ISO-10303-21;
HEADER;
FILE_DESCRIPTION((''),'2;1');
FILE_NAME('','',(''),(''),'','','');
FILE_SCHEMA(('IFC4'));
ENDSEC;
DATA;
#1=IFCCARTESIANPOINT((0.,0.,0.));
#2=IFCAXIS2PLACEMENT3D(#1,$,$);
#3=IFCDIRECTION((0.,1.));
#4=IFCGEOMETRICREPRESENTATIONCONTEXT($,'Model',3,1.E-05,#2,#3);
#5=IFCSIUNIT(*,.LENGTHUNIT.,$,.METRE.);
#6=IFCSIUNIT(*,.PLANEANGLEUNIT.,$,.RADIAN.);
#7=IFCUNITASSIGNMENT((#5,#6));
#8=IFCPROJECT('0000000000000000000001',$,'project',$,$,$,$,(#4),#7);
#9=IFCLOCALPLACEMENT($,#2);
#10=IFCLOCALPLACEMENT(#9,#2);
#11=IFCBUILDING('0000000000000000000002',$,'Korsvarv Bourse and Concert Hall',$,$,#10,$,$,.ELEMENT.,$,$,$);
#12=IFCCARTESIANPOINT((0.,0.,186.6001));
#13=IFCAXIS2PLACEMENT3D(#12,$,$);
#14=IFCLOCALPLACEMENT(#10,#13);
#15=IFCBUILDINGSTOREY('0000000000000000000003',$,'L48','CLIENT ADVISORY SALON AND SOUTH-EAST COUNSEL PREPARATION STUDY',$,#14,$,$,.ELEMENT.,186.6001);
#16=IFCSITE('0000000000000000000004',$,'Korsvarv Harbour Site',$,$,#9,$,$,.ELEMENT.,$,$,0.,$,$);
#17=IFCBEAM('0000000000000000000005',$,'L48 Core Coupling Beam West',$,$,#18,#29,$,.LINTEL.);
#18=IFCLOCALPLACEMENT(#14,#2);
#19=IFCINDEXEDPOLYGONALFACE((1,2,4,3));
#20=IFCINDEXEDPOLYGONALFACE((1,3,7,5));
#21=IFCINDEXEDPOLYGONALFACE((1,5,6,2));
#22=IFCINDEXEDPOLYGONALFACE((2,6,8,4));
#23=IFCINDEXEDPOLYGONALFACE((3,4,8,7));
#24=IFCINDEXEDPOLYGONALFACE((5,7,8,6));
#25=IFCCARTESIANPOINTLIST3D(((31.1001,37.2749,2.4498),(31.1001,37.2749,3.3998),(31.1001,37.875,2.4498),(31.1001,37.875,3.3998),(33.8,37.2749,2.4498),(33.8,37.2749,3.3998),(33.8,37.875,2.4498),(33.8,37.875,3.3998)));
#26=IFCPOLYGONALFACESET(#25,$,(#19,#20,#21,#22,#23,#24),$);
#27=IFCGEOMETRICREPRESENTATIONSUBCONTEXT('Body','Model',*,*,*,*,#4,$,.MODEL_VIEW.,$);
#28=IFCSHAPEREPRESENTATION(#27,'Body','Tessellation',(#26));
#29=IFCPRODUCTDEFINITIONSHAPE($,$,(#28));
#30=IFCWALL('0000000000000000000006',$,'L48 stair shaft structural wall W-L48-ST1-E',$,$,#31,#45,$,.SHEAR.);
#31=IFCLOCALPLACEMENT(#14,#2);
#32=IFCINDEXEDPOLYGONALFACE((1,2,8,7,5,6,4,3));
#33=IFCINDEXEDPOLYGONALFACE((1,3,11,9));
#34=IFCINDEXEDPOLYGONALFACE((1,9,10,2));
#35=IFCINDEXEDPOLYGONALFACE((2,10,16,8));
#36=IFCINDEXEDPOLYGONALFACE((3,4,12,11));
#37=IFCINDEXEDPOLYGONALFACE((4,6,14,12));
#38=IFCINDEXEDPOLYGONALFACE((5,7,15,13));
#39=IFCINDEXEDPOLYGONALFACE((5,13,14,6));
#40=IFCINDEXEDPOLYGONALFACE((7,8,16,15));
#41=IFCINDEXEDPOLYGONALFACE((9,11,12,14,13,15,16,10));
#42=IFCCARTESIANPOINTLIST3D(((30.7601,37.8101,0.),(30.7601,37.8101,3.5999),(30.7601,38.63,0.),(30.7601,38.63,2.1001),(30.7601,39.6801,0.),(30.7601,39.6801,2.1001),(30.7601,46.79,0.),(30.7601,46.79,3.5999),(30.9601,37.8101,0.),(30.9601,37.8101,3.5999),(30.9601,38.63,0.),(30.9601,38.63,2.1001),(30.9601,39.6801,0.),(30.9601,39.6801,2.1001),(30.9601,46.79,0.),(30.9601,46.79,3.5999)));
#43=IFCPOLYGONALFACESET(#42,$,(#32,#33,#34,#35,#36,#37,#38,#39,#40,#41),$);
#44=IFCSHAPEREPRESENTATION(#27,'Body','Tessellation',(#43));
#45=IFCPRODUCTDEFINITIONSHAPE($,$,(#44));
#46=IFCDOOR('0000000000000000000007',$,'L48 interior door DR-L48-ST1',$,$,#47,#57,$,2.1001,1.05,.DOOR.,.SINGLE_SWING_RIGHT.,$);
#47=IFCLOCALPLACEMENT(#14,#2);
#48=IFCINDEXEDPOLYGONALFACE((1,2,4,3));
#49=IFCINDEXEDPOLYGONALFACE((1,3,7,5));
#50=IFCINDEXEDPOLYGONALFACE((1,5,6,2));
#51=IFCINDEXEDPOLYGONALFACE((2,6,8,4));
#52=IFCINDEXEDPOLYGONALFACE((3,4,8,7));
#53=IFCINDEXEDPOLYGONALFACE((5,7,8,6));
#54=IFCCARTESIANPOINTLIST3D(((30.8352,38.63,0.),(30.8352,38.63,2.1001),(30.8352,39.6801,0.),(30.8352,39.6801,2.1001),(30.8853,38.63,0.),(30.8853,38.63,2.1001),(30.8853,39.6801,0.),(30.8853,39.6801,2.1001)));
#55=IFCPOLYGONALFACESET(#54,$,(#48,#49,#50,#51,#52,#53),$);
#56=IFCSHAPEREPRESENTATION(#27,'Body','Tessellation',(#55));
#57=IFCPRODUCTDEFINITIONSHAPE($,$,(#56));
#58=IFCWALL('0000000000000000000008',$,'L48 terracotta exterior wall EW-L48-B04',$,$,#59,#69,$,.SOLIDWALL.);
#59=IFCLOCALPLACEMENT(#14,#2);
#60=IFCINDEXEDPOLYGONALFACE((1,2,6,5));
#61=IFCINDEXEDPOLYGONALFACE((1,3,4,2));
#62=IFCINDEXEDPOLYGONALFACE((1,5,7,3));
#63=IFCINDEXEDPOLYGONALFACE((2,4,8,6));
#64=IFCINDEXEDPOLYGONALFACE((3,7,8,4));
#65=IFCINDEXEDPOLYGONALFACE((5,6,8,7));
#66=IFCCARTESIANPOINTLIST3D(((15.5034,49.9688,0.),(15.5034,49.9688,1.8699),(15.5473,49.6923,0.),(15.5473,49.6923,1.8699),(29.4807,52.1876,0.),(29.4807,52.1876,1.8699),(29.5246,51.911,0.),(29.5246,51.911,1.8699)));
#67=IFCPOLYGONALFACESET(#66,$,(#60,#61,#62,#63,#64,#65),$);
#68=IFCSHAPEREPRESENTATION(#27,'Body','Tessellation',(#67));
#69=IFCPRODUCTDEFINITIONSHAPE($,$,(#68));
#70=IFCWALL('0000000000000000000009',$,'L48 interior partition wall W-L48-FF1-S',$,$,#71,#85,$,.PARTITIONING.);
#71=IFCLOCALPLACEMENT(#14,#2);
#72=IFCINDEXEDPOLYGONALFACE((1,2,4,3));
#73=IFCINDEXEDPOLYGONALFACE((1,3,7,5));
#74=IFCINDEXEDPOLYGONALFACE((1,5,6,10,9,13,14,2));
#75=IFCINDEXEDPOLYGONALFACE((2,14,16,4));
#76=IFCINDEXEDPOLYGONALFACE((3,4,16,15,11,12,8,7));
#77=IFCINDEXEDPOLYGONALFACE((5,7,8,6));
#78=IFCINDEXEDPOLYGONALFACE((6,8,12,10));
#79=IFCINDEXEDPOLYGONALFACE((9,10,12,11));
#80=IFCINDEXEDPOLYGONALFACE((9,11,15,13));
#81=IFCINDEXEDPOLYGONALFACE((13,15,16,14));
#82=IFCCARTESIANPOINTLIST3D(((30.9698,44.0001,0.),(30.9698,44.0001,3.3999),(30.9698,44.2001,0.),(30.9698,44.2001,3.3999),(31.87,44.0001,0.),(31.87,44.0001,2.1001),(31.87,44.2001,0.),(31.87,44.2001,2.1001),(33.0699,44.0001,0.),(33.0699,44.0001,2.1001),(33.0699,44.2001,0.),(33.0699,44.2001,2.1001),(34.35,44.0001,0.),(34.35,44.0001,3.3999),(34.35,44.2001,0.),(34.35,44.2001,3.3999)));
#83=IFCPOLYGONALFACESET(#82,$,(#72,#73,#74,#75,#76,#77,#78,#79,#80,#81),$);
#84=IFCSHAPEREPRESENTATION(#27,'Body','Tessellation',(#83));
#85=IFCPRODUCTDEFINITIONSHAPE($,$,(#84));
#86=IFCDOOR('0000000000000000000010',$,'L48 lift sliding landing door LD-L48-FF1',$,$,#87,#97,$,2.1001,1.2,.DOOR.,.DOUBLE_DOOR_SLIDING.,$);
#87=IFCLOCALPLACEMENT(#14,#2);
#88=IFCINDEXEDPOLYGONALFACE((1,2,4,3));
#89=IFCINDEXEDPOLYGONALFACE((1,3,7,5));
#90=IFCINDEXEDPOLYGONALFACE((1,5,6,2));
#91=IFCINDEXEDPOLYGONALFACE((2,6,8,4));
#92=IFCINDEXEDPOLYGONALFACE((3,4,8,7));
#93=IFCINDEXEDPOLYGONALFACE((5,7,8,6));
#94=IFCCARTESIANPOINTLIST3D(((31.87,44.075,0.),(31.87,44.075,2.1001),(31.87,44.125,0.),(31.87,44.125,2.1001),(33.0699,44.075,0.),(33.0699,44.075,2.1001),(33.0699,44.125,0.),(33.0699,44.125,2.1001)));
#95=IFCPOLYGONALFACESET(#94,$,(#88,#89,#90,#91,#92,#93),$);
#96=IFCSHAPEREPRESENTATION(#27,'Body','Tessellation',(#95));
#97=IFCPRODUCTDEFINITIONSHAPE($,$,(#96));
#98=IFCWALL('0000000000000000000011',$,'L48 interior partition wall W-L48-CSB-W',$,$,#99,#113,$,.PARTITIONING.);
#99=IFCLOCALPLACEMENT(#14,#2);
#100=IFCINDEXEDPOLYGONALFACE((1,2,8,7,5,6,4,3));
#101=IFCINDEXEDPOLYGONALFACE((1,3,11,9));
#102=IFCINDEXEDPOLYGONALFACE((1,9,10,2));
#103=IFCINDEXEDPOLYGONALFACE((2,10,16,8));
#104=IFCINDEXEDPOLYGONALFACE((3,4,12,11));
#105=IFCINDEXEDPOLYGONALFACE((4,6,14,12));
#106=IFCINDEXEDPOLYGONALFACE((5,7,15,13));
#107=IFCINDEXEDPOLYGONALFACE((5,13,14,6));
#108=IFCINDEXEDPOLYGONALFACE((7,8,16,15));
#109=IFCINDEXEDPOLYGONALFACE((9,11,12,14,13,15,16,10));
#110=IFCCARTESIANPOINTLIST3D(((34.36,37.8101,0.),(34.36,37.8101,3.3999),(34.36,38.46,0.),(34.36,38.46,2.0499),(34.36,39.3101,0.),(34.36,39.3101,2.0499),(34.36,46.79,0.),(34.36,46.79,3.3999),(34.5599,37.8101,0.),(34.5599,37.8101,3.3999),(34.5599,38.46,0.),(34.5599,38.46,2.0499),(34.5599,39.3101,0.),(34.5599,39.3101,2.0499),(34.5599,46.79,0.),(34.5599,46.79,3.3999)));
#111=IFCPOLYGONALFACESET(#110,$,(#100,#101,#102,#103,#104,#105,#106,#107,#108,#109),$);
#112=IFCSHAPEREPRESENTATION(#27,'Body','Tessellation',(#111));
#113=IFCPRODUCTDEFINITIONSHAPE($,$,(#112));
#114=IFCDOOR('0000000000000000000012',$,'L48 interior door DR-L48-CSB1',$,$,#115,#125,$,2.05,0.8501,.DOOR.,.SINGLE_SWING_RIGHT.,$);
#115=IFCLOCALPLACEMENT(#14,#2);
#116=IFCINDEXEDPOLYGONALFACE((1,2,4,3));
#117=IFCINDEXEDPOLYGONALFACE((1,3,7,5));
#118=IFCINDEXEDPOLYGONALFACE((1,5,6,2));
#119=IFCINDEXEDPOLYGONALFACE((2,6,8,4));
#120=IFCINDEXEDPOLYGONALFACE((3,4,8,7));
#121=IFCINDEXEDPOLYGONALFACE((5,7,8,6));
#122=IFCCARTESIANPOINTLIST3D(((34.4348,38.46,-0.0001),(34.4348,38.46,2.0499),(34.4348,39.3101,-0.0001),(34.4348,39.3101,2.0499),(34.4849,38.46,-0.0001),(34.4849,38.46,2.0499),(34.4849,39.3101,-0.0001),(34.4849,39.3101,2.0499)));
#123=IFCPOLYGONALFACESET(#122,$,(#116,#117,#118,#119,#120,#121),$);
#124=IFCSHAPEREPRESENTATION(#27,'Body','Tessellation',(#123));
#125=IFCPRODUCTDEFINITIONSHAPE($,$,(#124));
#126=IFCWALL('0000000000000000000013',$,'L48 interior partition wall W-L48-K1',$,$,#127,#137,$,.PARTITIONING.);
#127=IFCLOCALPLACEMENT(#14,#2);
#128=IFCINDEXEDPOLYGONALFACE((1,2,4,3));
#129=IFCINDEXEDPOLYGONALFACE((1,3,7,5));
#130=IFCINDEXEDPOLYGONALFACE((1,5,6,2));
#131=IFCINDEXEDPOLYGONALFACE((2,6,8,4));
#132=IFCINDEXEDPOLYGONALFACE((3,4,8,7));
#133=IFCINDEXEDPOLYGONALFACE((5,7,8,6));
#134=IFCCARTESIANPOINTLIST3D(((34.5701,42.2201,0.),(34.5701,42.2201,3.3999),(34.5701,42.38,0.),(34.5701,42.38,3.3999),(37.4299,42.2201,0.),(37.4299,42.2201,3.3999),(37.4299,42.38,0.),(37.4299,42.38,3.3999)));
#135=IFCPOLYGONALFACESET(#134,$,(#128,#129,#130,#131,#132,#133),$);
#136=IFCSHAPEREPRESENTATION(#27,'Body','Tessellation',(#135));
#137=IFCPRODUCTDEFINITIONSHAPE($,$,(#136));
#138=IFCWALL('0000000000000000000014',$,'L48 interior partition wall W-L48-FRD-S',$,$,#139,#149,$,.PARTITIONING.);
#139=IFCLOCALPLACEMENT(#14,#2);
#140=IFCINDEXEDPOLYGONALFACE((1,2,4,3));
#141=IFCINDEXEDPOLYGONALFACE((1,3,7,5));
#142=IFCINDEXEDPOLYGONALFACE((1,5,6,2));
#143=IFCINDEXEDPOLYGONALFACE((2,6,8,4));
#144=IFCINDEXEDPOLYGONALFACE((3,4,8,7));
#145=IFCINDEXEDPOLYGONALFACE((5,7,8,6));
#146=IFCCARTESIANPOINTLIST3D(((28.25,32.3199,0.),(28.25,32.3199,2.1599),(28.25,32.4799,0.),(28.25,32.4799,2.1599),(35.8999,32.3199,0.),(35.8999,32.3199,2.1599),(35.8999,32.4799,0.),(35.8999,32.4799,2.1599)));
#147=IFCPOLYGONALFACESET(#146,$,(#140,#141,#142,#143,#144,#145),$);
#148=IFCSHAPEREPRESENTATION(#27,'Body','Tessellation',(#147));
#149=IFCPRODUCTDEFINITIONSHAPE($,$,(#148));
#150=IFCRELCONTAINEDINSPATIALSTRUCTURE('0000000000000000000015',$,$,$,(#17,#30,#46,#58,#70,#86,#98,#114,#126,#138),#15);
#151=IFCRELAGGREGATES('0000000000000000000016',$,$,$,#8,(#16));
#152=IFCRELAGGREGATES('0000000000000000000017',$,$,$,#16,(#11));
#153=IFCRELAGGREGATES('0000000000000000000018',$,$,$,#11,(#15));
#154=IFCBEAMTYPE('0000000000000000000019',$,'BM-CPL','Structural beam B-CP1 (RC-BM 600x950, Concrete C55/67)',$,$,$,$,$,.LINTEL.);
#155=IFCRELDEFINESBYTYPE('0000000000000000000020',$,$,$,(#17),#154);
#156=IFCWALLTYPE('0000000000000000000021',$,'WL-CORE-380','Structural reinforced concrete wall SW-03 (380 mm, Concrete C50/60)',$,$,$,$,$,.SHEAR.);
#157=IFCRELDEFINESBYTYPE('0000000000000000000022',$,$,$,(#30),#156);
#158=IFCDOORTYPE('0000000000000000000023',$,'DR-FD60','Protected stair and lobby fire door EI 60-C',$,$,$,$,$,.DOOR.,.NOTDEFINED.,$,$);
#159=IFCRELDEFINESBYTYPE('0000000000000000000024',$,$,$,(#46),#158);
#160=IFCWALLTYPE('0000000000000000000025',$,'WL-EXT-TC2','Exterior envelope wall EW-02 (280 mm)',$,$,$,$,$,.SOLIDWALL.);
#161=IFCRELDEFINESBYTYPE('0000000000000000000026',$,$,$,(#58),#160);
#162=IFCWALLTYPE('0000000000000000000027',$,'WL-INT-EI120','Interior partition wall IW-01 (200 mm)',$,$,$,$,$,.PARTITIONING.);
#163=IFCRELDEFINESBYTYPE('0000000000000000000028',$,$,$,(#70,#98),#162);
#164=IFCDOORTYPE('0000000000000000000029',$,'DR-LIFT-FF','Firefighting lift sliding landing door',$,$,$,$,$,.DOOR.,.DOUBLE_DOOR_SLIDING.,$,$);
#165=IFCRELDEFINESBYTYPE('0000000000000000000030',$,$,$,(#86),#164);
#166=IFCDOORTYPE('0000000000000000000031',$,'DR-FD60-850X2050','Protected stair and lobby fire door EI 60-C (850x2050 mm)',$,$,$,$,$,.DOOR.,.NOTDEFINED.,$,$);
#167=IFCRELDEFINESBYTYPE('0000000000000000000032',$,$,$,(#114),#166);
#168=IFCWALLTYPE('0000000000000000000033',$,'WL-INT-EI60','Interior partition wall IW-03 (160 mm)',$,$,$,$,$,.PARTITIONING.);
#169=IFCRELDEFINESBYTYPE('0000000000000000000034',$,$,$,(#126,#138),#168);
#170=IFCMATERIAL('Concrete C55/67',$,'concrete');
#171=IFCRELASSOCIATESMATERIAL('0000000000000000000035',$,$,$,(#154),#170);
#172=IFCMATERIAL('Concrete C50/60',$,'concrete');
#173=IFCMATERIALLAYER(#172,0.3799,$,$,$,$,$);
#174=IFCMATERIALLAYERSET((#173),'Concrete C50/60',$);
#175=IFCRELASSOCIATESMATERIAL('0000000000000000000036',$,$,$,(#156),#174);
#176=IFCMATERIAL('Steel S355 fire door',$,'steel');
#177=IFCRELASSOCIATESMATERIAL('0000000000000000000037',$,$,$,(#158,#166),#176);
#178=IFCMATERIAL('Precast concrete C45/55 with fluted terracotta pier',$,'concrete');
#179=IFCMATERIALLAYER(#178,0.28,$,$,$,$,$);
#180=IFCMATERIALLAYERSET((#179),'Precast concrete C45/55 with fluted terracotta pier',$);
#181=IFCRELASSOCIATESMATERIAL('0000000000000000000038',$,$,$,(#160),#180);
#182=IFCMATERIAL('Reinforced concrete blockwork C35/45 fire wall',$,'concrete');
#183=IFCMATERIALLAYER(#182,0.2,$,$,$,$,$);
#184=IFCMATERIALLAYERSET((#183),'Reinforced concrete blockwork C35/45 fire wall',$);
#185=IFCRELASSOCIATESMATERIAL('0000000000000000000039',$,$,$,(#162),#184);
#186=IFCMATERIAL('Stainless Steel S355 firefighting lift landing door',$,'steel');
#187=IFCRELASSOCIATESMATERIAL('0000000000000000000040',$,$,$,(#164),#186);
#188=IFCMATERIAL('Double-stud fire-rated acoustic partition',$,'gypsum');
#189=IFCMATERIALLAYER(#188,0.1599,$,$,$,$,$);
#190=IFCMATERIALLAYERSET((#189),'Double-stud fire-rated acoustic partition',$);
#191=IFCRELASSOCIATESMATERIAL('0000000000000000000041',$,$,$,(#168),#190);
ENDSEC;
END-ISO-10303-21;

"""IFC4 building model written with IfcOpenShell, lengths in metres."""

from ifc_helpers import new_model, si_unit, direction, frame, frame_2d, origin, origin_2d, place, context, subcontext, project, spatial, rectangle, extrude, source, transform, mapped, material, layer, layer_set, material_profile, profile_set, type_object, element, fill, save


model = new_model("IFC4")

# Units and contexts
model_context = context("Model", 3, precision=1e-05, world=origin(), true_north=direction((0.0, 1.0)))
body_context = subcontext(model_context, "Body", "Model", "MODEL_VIEW")
ifc_project = project(units=[si_unit("LENGTHUNIT", "METRE"), si_unit("PLANEANGLEUNIT", "RADIAN")], contexts=[model_context])

# Site, building, storey
site_placement = place(None, origin())
site = spatial("IfcSite", under=ifc_project, at=site_placement, Name="Korsvarv Harbour Site", CompositionType="ELEMENT", RefElevation=0.0)
building_placement = place(site_placement, origin())
building = spatial("IfcBuilding", under=site, at=building_placement, Name="Korsvarv Bourse and Concert Hall", CompositionType="ELEMENT")
storey_placement = place(building_placement, frame((0.0, 0.0, 186.6001)))
storey = spatial("IfcBuildingStorey", under=building, at=storey_placement, Name="L48", Description="CLIENT ADVISORY SALON AND SOUTH-EAST COUNSEL PREPARATION STUDY", CompositionType="ELEMENT", Elevation=186.6001)

# Beam
ifc_material_1 = material(Name="Concrete C55/67", Category="concrete")
ifc_material_profile = material_profile(ifc_material_1, rectangle(XDim=0.6001, YDim=0.95, at=origin_2d()), Name="RC-BM 600x950")
ifc_profile_set = profile_set([ifc_material_profile], Name="Concrete C55/67")
beam_type = type_object("IfcBeamType", Name="BM-CPL", Description="Structural beam B-CP1 (RC-BM 600x950, Concrete C55/67)", PredefinedType="LINTEL", material=ifc_profile_set)
shared_shape = source(origin(), body_context, "Body", "SweptSolid", [
    extrude(rectangle(XDim=0.6001, YDim=0.95, at=origin_2d()), origin(), (0.0, 0.0, 1.0), 2.7),
])
beam_placement = place(storey_placement, frame((31.1001, 37.575, 2.9248), z_axis=(1.0, 0.0, 0.0), x_axis=(0.0, 1.0, 0.0)))
element("IfcBeam", 1, at=beam_placement, inside=storey, type_object=beam_type, Name="L48 Core Coupling Beam West", PredefinedType="LINTEL", context=body_context, shape_type="MappedRepresentation", body=[
    mapped(shared_shape, transform((0.0, 0.0, 0.0), scale=1.0)),
])

# Wall, opening, door
ifc_material_2 = material(Name="Concrete C50/60", Category="concrete")
ifc_layer_1 = layer(ifc_material_2, 0.3799)
ifc_layer_set_1 = layer_set([ifc_layer_1], Name="Concrete C50/60")
wall_type_1 = type_object("IfcWallType", Name="WL-CORE-380", Description="Structural reinforced concrete wall SW-03 (380 mm, Concrete C50/60)", PredefinedType="SHEAR", material=ifc_layer_set_1)
wall_1_placement = place(storey_placement, frame((30.8601, 37.8101, 0.0), z_axis=(0.0, 0.0, 1.0), x_axis=(0.0, 1.0, 0.0)))
wall_1 = element("IfcWall", 2, at=wall_1_placement, inside=storey, type_object=wall_type_1, Name="L48 stair shaft structural wall W-L48-ST1-E", PredefinedType="SHEAR", context=body_context, shape_type="SweptSolid", body=[
    extrude(rectangle(XDim=8.98, YDim=0.2, at=frame_2d((4.49, 0.0))), origin(), (0.0, 0.0, 1.0), 3.5999),
])
opening_1_placement = place(wall_1_placement, frame((0.8201, 0.0, 0.0)))
opening_1 = element("IfcOpeningElement", 3, at=opening_1_placement, cuts=wall_1, PredefinedType="OPENING", context=body_context, shape_type="SweptSolid", body=[
    extrude(rectangle(XDim=1.05, YDim=2.1001, at=frame_2d((0.5249, 1.05))), frame((0.0, 0.1099, 0.0), z_axis=(0.0, -1.0, 0.0), x_axis=(1.0, 0.0, 0.0)), (0.0, 0.0, 1.0), 0.22),
])
ifc_material_3 = material(Name="Steel S355 fire door", Category="steel")
door_type_1 = type_object("IfcDoorType", Name="DR-FD60", Description="Protected stair and lobby fire door EI 60-C", OperationType="NOTDEFINED", PredefinedType="DOOR", material=ifc_material_3)
door_1_placement = place(opening_1_placement, origin())
door_1 = element("IfcDoor", 4, at=door_1_placement, inside=storey, type_object=door_type_1, Name="L48 interior door DR-L48-ST1", OperationType="SINGLE_SWING_RIGHT", OverallHeight=2.1001, OverallWidth=1.05, PredefinedType="DOOR", context=body_context, shape_type="SweptSolid", body=[
    extrude(rectangle(XDim=1.05, YDim=2.1001, at=frame_2d((0.5249, 1.05))), frame((0.0, 0.0249, 0.0), z_axis=(0.0, -1.0, 0.0), x_axis=(1.0, 0.0, 0.0)), (0.0, 0.0, 1.0), 0.05),
])
fill(opening_1, door_1)

# Wall
ifc_material_4 = material(Name="Precast concrete C45/55 with fluted terracotta pier", Category="concrete")
ifc_layer_2 = layer(ifc_material_4, 0.28)
ifc_layer_set_2 = layer_set([ifc_layer_2], Name="Precast concrete C45/55 with fluted terracotta pier")
wall_type_2 = type_object("IfcWallType", Name="WL-EXT-TC2", Description="Exterior envelope wall EW-02 (280 mm)", PredefinedType="SOLIDWALL", material=ifc_layer_set_2)
wall_2_placement = place(storey_placement, frame((29.5027, 52.0493, 0.0), z_axis=(0.0, 0.0, 1.0), x_axis=(-0.987634, -0.156777, 0.0)))
element("IfcWall", 5, at=wall_2_placement, inside=storey, type_object=wall_type_2, Name="L48 terracotta exterior wall EW-L48-B04", PredefinedType="SOLIDWALL", context=body_context, shape_type="SweptSolid", body=[
    extrude(rectangle(XDim=14.1523, YDim=0.28, at=frame_2d((7.0762, 0.0))), origin(), (0.0, 0.0, 1.0), 1.8699),
])

# Walls, openings, doors
ifc_material_5 = material(Name="Reinforced concrete blockwork C35/45 fire wall", Category="concrete")
ifc_layer_3 = layer(ifc_material_5, 0.2)
ifc_layer_set_3 = layer_set([ifc_layer_3], Name="Reinforced concrete blockwork C35/45 fire wall")
wall_type_3 = type_object("IfcWallType", Name="WL-INT-EI120", Description="Interior partition wall IW-01 (200 mm)", PredefinedType="PARTITIONING", material=ifc_layer_set_3)
wall_3_placement = place(storey_placement, frame((30.97, 44.1001, 0.0), z_axis=(0.0, 0.0, 1.0), x_axis=(1.0, 0.0, 0.0)))
wall_3 = element("IfcWall", 6, at=wall_3_placement, inside=storey, type_object=wall_type_3, Name="L48 interior partition wall W-L48-FF1-S", PredefinedType="PARTITIONING", context=body_context, shape_type="SweptSolid", body=[
    extrude(rectangle(XDim=3.3801, YDim=0.2, at=frame_2d((1.6899, 0.0))), origin(), (0.0, 0.0, 1.0), 3.3999),
])
opening_2_placement = place(wall_3_placement, frame((0.8999, 0.0, 0.0)))
opening_2 = element("IfcOpeningElement", 7, at=opening_2_placement, cuts=wall_3, PredefinedType="OPENING", context=body_context, shape_type="SweptSolid", body=[
    extrude(rectangle(XDim=1.2, YDim=2.1001, at=frame_2d((0.6001, 1.05))), frame((0.0, 0.1099, 0.0), z_axis=(0.0, -1.0, 0.0), x_axis=(1.0, 0.0, 0.0)), (0.0, 0.0, 1.0), 0.22),
])
ifc_material_6 = material(Name="Stainless Steel S355 firefighting lift landing door", Category="steel")
door_type_2 = type_object("IfcDoorType", Name="DR-LIFT-FF", Description="Firefighting lift sliding landing door", OperationType="DOUBLE_DOOR_SLIDING", PredefinedType="DOOR", material=ifc_material_6)
door_2_placement = place(opening_2_placement, origin())
door_2 = element("IfcDoor", 8, at=door_2_placement, inside=storey, type_object=door_type_2, Name="L48 lift sliding landing door LD-L48-FF1", OperationType="DOUBLE_DOOR_SLIDING", OverallHeight=2.1001, OverallWidth=1.2, PredefinedType="DOOR", context=body_context, shape_type="SweptSolid", body=[
    extrude(rectangle(XDim=1.2, YDim=2.1001, at=frame_2d((0.6001, 1.05))), frame((0.0, 0.0249, 0.0), z_axis=(0.0, -1.0, 0.0), x_axis=(1.0, 0.0, 0.0)), (0.0, 0.0, 1.0), 0.05),
])
fill(opening_2, door_2)
wall_4_placement = place(storey_placement, frame((34.46, 37.8101, 0.0), z_axis=(0.0, 0.0, 1.0), x_axis=(0.0, 1.0, 0.0)))
wall_4 = element("IfcWall", 9, at=wall_4_placement, inside=storey, type_object=wall_type_3, Name="L48 interior partition wall W-L48-CSB-W", PredefinedType="PARTITIONING", context=body_context, shape_type="SweptSolid", body=[
    extrude(rectangle(XDim=8.98, YDim=0.2, at=frame_2d((4.49, 0.0))), origin(), (0.0, 0.0, 1.0), 3.3999),
])
opening_3_placement = place(wall_4_placement, frame((0.6499, 0.0, 0.0)))
opening_3 = element("IfcOpeningElement", 10, at=opening_3_placement, cuts=wall_4, PredefinedType="OPENING", context=body_context, shape_type="SweptSolid", body=[
    extrude(rectangle(XDim=0.8501, YDim=2.05, at=frame_2d((0.425, 1.0249))), frame((0.0, 0.1099, 0.0), z_axis=(0.0, -1.0, 0.0), x_axis=(1.0, 0.0, 0.0)), (0.0, 0.0, 1.0), 0.22),
])
door_type_3 = type_object("IfcDoorType", Name="DR-FD60-850X2050", Description="Protected stair and lobby fire door EI 60-C (850x2050 mm)", OperationType="NOTDEFINED", PredefinedType="DOOR", material=ifc_material_3)
door_3_placement = place(opening_3_placement, frame((0.8501, 0.0, 0.0), z_axis=(0.0, 0.0, 1.0), x_axis=(-1.0, 0.0, 0.0)))
door_3 = element("IfcDoor", 11, at=door_3_placement, inside=storey, type_object=door_type_3, Name="L48 interior door DR-L48-CSB1", OperationType="SINGLE_SWING_RIGHT", OverallHeight=2.05, OverallWidth=0.8501, PredefinedType="DOOR", context=body_context, shape_type="SweptSolid", body=[
    extrude(rectangle(XDim=0.8501, YDim=2.05, at=frame_2d((0.425, 1.0249))), frame((0.0, 0.0249, 0.0), z_axis=(0.0, -1.0, 0.0), x_axis=(1.0, 0.0, 0.0)), (0.0, 0.0, 1.0), 0.05),
])
fill(opening_3, door_3)

# Walls
ifc_material_7 = material(Name="Double-stud fire-rated acoustic partition", Category="gypsum")
ifc_layer_4 = layer(ifc_material_7, 0.1599)
ifc_layer_set_4 = layer_set([ifc_layer_4], Name="Double-stud fire-rated acoustic partition")
wall_type_4 = type_object("IfcWallType", Name="WL-INT-EI60", Description="Interior partition wall IW-03 (160 mm)", PredefinedType="PARTITIONING", material=ifc_layer_set_4)
wall_5_placement = place(storey_placement, frame((34.5701, 42.3, 0.0), z_axis=(0.0, 0.0, 1.0), x_axis=(1.0, 0.0, 0.0)))
element("IfcWall", 12, at=wall_5_placement, inside=storey, type_object=wall_type_4, Name="L48 interior partition wall W-L48-K1", PredefinedType="PARTITIONING", context=body_context, shape_type="SweptSolid", body=[
    extrude(rectangle(XDim=2.8599, YDim=0.1599, at=frame_2d((1.4299, 0.0))), origin(), (0.0, 0.0, 1.0), 3.3999),
])
wall_6_placement = place(storey_placement, frame((28.25, 32.3999, 0.0), z_axis=(0.0, 0.0, 1.0), x_axis=(1.0, 0.0, 0.0)))
element("IfcWall", 13, at=wall_6_placement, inside=storey, type_object=wall_type_4, Name="L48 interior partition wall W-L48-FRD-S", PredefinedType="PARTITIONING", context=body_context, shape_type="SweptSolid", body=[
    extrude(rectangle(XDim=7.6499, YDim=0.1599, at=frame_2d((3.825, 0.0))), origin(), (0.0, 0.0, 1.0), 2.1599),
])

save(model, "model.ifc")
